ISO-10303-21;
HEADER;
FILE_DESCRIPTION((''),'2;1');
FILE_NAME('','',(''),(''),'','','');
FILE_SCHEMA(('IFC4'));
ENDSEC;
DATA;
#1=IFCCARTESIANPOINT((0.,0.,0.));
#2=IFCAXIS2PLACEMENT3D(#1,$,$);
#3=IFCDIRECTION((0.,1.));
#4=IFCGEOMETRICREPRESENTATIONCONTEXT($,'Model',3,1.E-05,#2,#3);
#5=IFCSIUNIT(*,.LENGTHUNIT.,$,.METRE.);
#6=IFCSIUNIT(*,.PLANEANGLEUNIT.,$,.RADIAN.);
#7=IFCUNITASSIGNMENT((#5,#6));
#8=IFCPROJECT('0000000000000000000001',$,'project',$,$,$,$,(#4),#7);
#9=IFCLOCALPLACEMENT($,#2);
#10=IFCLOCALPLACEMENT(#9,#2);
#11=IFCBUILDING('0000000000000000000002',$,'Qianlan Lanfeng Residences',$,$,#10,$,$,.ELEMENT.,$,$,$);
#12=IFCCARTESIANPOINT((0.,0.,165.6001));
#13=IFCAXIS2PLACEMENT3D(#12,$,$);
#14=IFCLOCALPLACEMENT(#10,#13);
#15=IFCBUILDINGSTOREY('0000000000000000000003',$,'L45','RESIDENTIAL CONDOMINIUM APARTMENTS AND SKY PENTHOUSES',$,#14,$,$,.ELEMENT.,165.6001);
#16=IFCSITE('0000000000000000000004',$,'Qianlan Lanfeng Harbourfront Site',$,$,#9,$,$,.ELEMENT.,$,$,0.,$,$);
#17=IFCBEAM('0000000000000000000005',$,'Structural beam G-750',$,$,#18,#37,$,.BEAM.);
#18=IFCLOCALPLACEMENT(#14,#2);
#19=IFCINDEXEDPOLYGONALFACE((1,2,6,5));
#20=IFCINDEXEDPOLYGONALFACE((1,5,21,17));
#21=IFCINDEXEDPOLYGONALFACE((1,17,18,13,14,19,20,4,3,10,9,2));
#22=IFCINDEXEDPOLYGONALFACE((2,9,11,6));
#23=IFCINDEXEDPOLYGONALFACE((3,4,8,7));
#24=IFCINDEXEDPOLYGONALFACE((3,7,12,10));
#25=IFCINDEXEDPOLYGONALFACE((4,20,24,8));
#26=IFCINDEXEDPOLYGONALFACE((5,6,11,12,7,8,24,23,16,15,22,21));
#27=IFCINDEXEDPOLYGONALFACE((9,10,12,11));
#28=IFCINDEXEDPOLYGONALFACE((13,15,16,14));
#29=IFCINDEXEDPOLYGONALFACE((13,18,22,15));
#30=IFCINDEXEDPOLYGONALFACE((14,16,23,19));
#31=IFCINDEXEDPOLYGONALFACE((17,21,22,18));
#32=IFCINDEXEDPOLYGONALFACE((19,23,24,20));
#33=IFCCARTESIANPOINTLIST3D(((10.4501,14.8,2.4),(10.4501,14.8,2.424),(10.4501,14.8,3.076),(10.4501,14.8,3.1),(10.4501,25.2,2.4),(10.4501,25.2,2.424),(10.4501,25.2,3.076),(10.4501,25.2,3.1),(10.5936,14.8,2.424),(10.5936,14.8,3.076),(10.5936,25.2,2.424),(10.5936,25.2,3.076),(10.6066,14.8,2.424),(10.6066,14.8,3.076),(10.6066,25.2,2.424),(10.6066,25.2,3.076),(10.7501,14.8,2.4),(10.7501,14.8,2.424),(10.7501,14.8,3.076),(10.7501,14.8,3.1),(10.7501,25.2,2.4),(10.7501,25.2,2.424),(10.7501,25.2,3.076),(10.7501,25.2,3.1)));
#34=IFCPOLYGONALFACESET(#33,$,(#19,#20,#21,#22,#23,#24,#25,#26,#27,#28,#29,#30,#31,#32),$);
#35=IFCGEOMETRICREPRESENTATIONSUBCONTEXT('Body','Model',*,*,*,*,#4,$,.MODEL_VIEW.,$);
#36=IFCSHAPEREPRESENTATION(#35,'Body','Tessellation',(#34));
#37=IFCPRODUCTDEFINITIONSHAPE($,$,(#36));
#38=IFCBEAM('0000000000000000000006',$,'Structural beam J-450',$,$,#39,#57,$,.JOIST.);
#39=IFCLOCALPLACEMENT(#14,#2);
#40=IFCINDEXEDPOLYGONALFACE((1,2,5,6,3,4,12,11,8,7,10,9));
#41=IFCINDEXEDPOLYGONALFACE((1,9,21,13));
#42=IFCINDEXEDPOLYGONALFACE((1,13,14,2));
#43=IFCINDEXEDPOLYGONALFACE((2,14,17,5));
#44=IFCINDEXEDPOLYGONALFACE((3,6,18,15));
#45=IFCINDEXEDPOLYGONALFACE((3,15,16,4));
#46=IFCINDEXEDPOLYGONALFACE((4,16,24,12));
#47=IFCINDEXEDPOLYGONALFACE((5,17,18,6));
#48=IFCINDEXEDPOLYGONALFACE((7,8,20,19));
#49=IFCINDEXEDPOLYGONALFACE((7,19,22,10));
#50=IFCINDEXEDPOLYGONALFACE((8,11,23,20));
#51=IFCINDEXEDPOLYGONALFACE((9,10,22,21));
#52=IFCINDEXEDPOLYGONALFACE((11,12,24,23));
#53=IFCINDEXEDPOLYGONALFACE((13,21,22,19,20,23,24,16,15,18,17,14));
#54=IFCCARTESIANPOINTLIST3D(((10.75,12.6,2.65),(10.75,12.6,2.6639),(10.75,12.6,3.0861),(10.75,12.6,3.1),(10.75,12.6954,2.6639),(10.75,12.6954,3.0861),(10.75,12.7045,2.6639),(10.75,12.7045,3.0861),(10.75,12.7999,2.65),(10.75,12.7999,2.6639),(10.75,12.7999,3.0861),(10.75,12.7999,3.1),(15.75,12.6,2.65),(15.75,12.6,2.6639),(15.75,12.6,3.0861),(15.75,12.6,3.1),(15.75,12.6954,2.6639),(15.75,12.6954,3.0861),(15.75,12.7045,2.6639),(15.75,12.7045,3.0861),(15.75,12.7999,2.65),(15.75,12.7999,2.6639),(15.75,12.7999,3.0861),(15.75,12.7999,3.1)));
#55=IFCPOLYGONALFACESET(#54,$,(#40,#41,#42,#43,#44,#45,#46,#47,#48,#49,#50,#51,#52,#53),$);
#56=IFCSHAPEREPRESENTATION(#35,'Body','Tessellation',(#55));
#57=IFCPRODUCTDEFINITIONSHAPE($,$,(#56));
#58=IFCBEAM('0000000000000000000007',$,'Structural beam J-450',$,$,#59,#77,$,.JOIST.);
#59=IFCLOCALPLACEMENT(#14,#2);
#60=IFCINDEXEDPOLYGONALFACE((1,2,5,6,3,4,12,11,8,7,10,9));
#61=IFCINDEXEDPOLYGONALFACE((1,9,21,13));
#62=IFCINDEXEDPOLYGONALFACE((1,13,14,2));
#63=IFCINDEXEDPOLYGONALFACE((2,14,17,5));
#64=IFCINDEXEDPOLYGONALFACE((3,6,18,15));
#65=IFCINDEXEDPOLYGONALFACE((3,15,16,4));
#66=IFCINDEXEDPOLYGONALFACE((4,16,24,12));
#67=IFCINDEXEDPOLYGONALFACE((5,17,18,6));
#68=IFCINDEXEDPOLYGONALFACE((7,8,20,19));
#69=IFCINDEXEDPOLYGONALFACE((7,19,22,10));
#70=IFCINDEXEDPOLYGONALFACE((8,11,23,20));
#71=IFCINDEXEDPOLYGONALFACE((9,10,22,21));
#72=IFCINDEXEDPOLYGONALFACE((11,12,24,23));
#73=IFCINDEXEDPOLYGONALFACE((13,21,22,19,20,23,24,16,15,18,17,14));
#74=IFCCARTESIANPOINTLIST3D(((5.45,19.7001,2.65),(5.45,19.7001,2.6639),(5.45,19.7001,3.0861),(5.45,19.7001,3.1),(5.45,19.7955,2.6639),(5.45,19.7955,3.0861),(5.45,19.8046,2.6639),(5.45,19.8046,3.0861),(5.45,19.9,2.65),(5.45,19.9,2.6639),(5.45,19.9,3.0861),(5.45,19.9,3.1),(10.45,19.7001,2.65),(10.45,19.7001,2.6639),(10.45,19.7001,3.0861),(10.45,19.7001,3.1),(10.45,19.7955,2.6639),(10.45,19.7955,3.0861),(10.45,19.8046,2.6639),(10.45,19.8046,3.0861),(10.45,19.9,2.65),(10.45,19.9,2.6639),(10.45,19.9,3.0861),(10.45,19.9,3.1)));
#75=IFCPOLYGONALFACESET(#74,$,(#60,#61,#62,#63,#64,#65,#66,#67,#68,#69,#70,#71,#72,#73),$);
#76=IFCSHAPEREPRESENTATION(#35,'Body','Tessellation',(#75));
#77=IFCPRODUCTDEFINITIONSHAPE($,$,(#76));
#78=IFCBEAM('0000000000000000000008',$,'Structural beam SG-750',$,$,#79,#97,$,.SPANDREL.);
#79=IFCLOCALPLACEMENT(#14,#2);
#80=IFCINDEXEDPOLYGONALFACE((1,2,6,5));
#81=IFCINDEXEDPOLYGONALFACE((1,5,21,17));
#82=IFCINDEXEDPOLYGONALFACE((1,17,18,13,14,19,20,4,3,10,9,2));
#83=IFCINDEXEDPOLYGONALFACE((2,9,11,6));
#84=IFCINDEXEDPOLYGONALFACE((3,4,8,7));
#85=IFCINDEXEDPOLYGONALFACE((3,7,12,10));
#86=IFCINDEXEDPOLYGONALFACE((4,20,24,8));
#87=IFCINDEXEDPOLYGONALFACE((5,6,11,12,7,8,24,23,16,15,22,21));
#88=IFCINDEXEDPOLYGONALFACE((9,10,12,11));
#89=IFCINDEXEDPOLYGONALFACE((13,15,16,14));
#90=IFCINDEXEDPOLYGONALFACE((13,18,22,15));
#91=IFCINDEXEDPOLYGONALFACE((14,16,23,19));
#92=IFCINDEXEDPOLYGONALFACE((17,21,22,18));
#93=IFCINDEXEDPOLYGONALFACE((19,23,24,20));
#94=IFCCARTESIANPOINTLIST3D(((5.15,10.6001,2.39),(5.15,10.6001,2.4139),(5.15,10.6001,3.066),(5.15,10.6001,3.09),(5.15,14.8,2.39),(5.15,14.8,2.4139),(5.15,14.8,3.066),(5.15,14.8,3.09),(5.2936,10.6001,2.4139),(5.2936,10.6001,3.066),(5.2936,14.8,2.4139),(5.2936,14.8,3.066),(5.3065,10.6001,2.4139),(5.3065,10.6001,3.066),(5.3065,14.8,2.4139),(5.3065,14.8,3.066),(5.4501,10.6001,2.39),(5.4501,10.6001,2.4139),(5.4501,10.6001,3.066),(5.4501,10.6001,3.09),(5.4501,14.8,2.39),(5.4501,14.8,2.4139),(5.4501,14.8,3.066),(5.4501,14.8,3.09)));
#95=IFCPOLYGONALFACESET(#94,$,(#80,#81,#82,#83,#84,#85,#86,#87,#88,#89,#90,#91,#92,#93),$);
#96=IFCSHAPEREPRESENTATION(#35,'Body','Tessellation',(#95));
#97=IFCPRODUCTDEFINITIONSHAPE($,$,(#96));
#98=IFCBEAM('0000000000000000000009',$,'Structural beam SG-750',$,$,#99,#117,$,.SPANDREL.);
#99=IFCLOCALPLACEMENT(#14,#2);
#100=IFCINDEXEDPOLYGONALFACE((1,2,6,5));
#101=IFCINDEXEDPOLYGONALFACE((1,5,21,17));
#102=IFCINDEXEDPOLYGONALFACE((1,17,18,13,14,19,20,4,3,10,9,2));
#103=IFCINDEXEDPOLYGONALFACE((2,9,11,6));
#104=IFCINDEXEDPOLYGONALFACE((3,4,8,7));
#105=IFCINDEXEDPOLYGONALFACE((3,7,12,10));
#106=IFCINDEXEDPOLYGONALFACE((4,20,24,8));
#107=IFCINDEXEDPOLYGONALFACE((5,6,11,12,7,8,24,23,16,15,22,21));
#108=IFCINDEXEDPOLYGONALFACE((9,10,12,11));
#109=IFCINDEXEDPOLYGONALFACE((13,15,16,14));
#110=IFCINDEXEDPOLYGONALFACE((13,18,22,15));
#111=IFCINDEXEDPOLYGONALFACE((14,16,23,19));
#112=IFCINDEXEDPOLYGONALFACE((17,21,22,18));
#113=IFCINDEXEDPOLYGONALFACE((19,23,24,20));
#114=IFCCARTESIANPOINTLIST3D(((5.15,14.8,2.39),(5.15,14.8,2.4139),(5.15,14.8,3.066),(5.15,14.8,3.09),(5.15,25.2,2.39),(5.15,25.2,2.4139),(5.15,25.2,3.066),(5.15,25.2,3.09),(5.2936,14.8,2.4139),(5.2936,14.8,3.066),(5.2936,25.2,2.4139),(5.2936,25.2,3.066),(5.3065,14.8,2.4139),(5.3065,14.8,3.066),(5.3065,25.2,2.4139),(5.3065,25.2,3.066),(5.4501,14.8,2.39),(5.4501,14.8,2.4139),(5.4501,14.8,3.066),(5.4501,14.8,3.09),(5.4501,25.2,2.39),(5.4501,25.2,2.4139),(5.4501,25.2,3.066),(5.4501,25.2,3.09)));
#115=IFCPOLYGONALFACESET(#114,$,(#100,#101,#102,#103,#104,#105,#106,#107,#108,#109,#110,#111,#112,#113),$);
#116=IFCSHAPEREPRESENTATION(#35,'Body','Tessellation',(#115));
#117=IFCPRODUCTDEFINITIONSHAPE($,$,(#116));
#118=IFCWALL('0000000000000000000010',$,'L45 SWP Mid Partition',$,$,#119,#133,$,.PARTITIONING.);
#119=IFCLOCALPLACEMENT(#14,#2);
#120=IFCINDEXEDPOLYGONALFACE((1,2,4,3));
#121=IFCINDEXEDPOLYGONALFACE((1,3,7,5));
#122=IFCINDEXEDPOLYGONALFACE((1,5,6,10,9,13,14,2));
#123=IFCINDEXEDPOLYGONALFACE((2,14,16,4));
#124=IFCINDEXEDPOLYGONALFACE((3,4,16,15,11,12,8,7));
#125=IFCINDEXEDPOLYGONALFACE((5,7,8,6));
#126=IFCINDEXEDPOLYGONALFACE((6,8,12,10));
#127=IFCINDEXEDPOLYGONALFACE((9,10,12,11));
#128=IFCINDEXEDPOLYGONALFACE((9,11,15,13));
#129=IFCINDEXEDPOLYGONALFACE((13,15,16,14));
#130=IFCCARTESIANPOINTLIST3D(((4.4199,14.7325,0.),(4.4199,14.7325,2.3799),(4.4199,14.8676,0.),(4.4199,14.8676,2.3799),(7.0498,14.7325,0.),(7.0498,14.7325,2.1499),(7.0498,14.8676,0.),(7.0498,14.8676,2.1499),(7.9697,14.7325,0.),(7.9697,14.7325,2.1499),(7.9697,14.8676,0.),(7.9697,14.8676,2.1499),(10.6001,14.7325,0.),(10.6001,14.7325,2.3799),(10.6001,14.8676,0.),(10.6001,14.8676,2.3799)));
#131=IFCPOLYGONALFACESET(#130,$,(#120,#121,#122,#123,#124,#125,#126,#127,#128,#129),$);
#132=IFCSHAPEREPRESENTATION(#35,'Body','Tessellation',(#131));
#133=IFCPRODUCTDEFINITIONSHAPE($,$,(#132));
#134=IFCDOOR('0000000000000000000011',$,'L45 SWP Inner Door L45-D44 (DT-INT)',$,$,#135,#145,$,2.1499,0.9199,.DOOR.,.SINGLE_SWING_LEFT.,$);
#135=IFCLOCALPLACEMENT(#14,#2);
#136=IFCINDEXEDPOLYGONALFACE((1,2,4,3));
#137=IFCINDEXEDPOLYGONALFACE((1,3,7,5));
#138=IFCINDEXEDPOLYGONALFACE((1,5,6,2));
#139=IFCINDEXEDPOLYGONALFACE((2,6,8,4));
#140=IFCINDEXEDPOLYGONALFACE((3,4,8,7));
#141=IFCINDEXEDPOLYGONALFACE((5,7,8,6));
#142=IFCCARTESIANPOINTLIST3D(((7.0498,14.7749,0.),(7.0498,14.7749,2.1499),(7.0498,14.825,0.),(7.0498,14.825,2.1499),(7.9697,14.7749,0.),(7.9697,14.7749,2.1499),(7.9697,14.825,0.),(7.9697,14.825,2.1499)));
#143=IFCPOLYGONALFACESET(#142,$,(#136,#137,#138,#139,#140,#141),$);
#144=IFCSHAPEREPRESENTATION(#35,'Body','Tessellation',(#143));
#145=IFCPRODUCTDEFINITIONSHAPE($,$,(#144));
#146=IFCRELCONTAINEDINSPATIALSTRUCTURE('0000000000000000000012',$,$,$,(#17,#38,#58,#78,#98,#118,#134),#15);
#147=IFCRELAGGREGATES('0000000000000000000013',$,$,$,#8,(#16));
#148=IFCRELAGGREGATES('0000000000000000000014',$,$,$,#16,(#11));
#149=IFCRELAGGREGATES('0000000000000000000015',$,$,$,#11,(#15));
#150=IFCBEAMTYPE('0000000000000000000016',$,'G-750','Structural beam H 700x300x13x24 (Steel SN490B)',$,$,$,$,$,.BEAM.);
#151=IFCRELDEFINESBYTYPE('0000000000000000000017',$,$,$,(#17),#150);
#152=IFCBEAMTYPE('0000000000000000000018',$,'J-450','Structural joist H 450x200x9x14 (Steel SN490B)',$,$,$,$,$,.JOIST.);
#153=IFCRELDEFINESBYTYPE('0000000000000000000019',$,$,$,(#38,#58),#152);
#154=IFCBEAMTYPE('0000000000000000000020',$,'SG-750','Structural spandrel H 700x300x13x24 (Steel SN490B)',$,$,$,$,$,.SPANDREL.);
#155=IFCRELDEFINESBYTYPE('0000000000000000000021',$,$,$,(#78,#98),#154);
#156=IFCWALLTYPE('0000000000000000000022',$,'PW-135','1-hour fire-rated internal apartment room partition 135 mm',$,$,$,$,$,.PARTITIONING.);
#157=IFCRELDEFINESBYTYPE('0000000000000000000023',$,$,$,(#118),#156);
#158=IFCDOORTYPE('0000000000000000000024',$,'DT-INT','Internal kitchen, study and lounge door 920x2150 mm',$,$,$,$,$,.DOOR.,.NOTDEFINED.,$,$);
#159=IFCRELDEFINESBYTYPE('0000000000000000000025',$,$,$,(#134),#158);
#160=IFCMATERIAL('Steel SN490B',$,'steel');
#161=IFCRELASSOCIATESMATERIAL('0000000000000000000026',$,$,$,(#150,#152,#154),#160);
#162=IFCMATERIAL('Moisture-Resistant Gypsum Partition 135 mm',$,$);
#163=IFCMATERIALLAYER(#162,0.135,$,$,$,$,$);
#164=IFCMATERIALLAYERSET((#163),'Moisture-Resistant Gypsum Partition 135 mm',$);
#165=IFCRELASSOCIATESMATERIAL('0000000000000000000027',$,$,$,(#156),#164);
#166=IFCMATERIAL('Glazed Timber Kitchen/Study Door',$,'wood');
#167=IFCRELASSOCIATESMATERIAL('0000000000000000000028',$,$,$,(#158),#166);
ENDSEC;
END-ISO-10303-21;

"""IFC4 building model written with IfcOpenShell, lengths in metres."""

from ifc_helpers import new_model, si_unit, direction, frame, frame_2d, origin, origin_2d, place, context, subcontext, project, spatial, rectangle, i_section, extrude, material, layer, layer_set, material_profile, profile_set, type_object, element, fill, save


model = new_model("IFC4")

# Units and contexts
model_context = context("Model", 3, precision=1e-05, world=origin(), true_north=direction((0.0, 1.0)))
body_context = subcontext(model_context, "Body", "Model", "MODEL_VIEW")
ifc_project = project(units=[si_unit("LENGTHUNIT", "METRE"), si_unit("PLANEANGLEUNIT", "RADIAN")], contexts=[model_context])

# Site, building, storey
site_placement = place(None, origin())
site = spatial("IfcSite", under=ifc_project, at=site_placement, Name="Qianlan Lanfeng Harbourfront Site", CompositionType="ELEMENT", RefElevation=0.0)
building_placement = place(site_placement, origin())
building = spatial("IfcBuilding", under=site, at=building_placement, Name="Qianlan Lanfeng Residences", CompositionType="ELEMENT")
storey_placement = place(building_placement, frame((0.0, 0.0, 165.6001)))
storey = spatial("IfcBuildingStorey", under=building, at=storey_placement, Name="L45", Description="RESIDENTIAL CONDOMINIUM APARTMENTS AND SKY PENTHOUSES", CompositionType="ELEMENT", Elevation=165.6001)

# Shared definitions
ifc_material_1 = material(Name="Steel SN490B", Category="steel")

# Beams
ifc_material_profile_1 = material_profile(ifc_material_1, i_section(OverallWidth=0.3, OverallDepth=0.7, WebThickness=0.0129, FlangeThickness=0.0239, at=origin_2d()), Name="H 700x300x13x24")
ifc_profile_set_1 = profile_set([ifc_material_profile_1], Name="Steel SN490B")
beam_type_1 = type_object("IfcBeamType", Name="G-750", Description="Structural beam H 700x300x13x24 (Steel SN490B)", PredefinedType="BEAM", material=ifc_profile_set_1)
beam_1_placement = place(storey_placement, frame((10.6001, 14.8, 2.75), z_axis=(0.0, 1.0, 0.0), x_axis=(-1.0, 0.0, 0.0)))
element("IfcBeam", 1, at=beam_1_placement, inside=storey, type_object=beam_type_1, Name="Structural beam G-750", PredefinedType="BEAM", context=body_context, shape_type="SweptSolid", body=[
    extrude(i_section(OverallWidth=0.3, OverallDepth=0.7, WebThickness=0.0129, FlangeThickness=0.0239, at=origin_2d()), origin(), (0.0, 0.0, 1.0), 10.3999),
])
ifc_material_profile_2 = material_profile(ifc_material_1, i_section(OverallWidth=0.2, OverallDepth=0.45, WebThickness=0.009, FlangeThickness=0.0139, at=origin_2d()), Name="H 450x200x9x14")
ifc_profile_set_2 = profile_set([ifc_material_profile_2], Name="Steel SN490B")
beam_type_2 = type_object("IfcBeamType", Name="J-450", Description="Structural joist H 450x200x9x14 (Steel SN490B)", PredefinedType="JOIST", material=ifc_profile_set_2)
for number, where, z_axis, x_axis, name in (
    (2, (10.75, 12.7, 2.875), (1.0, 0.0, 0.0), (0.0, 1.0, 0.0), "Structural beam J-450"),
    (3, (5.45, 19.8, 2.875), (1.0, 0.0, 0.0), (0.0, 1.0, 0.0), "Structural beam J-450"),
):
    element("IfcBeam", number, at=place(storey_placement, frame(where, z_axis=z_axis, x_axis=x_axis)), inside=storey, type_object=beam_type_2, Name=name, PredefinedType="JOIST", context=body_context, shape_type="SweptSolid", body=[
        extrude(i_section(OverallWidth=0.2, OverallDepth=0.45, WebThickness=0.009, FlangeThickness=0.0139, at=origin_2d()), origin(), (0.0, 0.0, 1.0), 5.0),
    ])
ifc_material_profile_3 = material_profile(ifc_material_1, i_section(OverallWidth=0.3, OverallDepth=0.7, WebThickness=0.0129, FlangeThickness=0.0239, at=origin_2d()), Name="H 700x300x13x24")
ifc_profile_set_3 = profile_set([ifc_material_profile_3], Name="Steel SN490B")
beam_type_3 = type_object("IfcBeamType", Name="SG-750", Description="Structural spandrel H 700x300x13x24 (Steel SN490B)", PredefinedType="SPANDREL", material=ifc_profile_set_3)
beam_2_placement = place(storey_placement, frame((5.3, 10.6001, 2.74), z_axis=(0.0, 1.0, 0.0), x_axis=(-1.0, 0.0, 0.0)))
element("IfcBeam", 4, at=beam_2_placement, inside=storey, type_object=beam_type_3, Name="Structural beam SG-750", PredefinedType="SPANDREL", context=body_context, shape_type="SweptSolid", body=[
    extrude(i_section(OverallWidth=0.3, OverallDepth=0.7, WebThickness=0.0129, FlangeThickness=0.0239, at=origin_2d()), origin(), (0.0, 0.0, 1.0), 4.2),
])
beam_3_placement = place(storey_placement, frame((5.3, 14.8, 2.74), z_axis=(0.0, 1.0, 0.0), x_axis=(-1.0, 0.0, 0.0)))
element("IfcBeam", 5, at=beam_3_placement, inside=storey, type_object=beam_type_3, Name="Structural beam SG-750", PredefinedType="SPANDREL", context=body_context, shape_type="SweptSolid", body=[
    extrude(i_section(OverallWidth=0.3, OverallDepth=0.7, WebThickness=0.0129, FlangeThickness=0.0239, at=origin_2d()), origin(), (0.0, 0.0, 1.0), 10.3999),
])

# Wall, opening, door
ifc_material_2 = material(Name="Moisture-Resistant Gypsum Partition 135 mm")
ifc_layer_1 = layer(ifc_material_2, 0.135)
ifc_layer_set_1 = layer_set([ifc_layer_1], Name="Moisture-Resistant Gypsum Partition 135 mm")
wall_type_1 = type_object("IfcWallType", Name="PW-135", Description="1-hour fire-rated internal apartment room partition 135 mm", PredefinedType="PARTITIONING", material=ifc_layer_set_1)
ifc_material_3 = material(Name="Glazed Timber Kitchen/Study Door", Category="wood")
door_type_1 = type_object("IfcDoorType", Name="DT-INT", Description="Internal kitchen, study and lounge door 920x2150 mm", OperationType="NOTDEFINED", PredefinedType="DOOR", material=ifc_material_3)
wall_1_placement = place(storey_placement, frame((4.4199, 14.8, 0.0), z_axis=(0.0, 0.0, 1.0), x_axis=(1.0, 0.0, 0.0)))
wall_1 = element("IfcWall", 6, at=wall_1_placement, inside=storey, type_object=wall_type_1, Name="L45 SWP Mid Partition", PredefinedType="PARTITIONING", context=body_context, shape_type="SweptSolid", body=[
    extrude(rectangle(XDim=6.1802, YDim=0.135, at=frame_2d((3.0901, 0.0))), origin(), (0.0, 0.0, 1.0), 2.3799),
])
opening_1_placement = place(wall_1_placement, frame((2.6299, 0.0, 0.0)))
opening_1 = element("IfcOpeningElement", 7, at=opening_1_placement, cuts=wall_1, PredefinedType="OPENING", context=body_context, shape_type="SweptSolid", body=[
    extrude(rectangle(XDim=0.9199, YDim=2.1499, at=frame_2d((0.46, 1.075))), frame((0.0, 0.0776, 0.0), z_axis=(0.0, -1.0, 0.0), x_axis=(1.0, 0.0, 0.0)), (0.0, 0.0, 1.0), 0.155),
])
door_1_placement = place(opening_1_placement, origin())
door_1 = element("IfcDoor", 8, at=door_1_placement, inside=storey, type_object=door_type_1, Name="L45 SWP Inner Door L45-D44 (DT-INT)", OperationType="SINGLE_SWING_LEFT", OverallHeight=2.1499, OverallWidth=0.9199, PredefinedType="DOOR", context=body_context, shape_type="SweptSolid", body=[
    extrude(rectangle(XDim=0.9199, YDim=2.1499, at=frame_2d((0.46, 1.075))), frame((0.0, 0.0249, 0.0), z_axis=(0.0, -1.0, 0.0), x_axis=(1.0, 0.0, 0.0)), (0.0, 0.0, 1.0), 0.05),
])
fill(opening_1, door_1)

save(model, "model.ifc")
